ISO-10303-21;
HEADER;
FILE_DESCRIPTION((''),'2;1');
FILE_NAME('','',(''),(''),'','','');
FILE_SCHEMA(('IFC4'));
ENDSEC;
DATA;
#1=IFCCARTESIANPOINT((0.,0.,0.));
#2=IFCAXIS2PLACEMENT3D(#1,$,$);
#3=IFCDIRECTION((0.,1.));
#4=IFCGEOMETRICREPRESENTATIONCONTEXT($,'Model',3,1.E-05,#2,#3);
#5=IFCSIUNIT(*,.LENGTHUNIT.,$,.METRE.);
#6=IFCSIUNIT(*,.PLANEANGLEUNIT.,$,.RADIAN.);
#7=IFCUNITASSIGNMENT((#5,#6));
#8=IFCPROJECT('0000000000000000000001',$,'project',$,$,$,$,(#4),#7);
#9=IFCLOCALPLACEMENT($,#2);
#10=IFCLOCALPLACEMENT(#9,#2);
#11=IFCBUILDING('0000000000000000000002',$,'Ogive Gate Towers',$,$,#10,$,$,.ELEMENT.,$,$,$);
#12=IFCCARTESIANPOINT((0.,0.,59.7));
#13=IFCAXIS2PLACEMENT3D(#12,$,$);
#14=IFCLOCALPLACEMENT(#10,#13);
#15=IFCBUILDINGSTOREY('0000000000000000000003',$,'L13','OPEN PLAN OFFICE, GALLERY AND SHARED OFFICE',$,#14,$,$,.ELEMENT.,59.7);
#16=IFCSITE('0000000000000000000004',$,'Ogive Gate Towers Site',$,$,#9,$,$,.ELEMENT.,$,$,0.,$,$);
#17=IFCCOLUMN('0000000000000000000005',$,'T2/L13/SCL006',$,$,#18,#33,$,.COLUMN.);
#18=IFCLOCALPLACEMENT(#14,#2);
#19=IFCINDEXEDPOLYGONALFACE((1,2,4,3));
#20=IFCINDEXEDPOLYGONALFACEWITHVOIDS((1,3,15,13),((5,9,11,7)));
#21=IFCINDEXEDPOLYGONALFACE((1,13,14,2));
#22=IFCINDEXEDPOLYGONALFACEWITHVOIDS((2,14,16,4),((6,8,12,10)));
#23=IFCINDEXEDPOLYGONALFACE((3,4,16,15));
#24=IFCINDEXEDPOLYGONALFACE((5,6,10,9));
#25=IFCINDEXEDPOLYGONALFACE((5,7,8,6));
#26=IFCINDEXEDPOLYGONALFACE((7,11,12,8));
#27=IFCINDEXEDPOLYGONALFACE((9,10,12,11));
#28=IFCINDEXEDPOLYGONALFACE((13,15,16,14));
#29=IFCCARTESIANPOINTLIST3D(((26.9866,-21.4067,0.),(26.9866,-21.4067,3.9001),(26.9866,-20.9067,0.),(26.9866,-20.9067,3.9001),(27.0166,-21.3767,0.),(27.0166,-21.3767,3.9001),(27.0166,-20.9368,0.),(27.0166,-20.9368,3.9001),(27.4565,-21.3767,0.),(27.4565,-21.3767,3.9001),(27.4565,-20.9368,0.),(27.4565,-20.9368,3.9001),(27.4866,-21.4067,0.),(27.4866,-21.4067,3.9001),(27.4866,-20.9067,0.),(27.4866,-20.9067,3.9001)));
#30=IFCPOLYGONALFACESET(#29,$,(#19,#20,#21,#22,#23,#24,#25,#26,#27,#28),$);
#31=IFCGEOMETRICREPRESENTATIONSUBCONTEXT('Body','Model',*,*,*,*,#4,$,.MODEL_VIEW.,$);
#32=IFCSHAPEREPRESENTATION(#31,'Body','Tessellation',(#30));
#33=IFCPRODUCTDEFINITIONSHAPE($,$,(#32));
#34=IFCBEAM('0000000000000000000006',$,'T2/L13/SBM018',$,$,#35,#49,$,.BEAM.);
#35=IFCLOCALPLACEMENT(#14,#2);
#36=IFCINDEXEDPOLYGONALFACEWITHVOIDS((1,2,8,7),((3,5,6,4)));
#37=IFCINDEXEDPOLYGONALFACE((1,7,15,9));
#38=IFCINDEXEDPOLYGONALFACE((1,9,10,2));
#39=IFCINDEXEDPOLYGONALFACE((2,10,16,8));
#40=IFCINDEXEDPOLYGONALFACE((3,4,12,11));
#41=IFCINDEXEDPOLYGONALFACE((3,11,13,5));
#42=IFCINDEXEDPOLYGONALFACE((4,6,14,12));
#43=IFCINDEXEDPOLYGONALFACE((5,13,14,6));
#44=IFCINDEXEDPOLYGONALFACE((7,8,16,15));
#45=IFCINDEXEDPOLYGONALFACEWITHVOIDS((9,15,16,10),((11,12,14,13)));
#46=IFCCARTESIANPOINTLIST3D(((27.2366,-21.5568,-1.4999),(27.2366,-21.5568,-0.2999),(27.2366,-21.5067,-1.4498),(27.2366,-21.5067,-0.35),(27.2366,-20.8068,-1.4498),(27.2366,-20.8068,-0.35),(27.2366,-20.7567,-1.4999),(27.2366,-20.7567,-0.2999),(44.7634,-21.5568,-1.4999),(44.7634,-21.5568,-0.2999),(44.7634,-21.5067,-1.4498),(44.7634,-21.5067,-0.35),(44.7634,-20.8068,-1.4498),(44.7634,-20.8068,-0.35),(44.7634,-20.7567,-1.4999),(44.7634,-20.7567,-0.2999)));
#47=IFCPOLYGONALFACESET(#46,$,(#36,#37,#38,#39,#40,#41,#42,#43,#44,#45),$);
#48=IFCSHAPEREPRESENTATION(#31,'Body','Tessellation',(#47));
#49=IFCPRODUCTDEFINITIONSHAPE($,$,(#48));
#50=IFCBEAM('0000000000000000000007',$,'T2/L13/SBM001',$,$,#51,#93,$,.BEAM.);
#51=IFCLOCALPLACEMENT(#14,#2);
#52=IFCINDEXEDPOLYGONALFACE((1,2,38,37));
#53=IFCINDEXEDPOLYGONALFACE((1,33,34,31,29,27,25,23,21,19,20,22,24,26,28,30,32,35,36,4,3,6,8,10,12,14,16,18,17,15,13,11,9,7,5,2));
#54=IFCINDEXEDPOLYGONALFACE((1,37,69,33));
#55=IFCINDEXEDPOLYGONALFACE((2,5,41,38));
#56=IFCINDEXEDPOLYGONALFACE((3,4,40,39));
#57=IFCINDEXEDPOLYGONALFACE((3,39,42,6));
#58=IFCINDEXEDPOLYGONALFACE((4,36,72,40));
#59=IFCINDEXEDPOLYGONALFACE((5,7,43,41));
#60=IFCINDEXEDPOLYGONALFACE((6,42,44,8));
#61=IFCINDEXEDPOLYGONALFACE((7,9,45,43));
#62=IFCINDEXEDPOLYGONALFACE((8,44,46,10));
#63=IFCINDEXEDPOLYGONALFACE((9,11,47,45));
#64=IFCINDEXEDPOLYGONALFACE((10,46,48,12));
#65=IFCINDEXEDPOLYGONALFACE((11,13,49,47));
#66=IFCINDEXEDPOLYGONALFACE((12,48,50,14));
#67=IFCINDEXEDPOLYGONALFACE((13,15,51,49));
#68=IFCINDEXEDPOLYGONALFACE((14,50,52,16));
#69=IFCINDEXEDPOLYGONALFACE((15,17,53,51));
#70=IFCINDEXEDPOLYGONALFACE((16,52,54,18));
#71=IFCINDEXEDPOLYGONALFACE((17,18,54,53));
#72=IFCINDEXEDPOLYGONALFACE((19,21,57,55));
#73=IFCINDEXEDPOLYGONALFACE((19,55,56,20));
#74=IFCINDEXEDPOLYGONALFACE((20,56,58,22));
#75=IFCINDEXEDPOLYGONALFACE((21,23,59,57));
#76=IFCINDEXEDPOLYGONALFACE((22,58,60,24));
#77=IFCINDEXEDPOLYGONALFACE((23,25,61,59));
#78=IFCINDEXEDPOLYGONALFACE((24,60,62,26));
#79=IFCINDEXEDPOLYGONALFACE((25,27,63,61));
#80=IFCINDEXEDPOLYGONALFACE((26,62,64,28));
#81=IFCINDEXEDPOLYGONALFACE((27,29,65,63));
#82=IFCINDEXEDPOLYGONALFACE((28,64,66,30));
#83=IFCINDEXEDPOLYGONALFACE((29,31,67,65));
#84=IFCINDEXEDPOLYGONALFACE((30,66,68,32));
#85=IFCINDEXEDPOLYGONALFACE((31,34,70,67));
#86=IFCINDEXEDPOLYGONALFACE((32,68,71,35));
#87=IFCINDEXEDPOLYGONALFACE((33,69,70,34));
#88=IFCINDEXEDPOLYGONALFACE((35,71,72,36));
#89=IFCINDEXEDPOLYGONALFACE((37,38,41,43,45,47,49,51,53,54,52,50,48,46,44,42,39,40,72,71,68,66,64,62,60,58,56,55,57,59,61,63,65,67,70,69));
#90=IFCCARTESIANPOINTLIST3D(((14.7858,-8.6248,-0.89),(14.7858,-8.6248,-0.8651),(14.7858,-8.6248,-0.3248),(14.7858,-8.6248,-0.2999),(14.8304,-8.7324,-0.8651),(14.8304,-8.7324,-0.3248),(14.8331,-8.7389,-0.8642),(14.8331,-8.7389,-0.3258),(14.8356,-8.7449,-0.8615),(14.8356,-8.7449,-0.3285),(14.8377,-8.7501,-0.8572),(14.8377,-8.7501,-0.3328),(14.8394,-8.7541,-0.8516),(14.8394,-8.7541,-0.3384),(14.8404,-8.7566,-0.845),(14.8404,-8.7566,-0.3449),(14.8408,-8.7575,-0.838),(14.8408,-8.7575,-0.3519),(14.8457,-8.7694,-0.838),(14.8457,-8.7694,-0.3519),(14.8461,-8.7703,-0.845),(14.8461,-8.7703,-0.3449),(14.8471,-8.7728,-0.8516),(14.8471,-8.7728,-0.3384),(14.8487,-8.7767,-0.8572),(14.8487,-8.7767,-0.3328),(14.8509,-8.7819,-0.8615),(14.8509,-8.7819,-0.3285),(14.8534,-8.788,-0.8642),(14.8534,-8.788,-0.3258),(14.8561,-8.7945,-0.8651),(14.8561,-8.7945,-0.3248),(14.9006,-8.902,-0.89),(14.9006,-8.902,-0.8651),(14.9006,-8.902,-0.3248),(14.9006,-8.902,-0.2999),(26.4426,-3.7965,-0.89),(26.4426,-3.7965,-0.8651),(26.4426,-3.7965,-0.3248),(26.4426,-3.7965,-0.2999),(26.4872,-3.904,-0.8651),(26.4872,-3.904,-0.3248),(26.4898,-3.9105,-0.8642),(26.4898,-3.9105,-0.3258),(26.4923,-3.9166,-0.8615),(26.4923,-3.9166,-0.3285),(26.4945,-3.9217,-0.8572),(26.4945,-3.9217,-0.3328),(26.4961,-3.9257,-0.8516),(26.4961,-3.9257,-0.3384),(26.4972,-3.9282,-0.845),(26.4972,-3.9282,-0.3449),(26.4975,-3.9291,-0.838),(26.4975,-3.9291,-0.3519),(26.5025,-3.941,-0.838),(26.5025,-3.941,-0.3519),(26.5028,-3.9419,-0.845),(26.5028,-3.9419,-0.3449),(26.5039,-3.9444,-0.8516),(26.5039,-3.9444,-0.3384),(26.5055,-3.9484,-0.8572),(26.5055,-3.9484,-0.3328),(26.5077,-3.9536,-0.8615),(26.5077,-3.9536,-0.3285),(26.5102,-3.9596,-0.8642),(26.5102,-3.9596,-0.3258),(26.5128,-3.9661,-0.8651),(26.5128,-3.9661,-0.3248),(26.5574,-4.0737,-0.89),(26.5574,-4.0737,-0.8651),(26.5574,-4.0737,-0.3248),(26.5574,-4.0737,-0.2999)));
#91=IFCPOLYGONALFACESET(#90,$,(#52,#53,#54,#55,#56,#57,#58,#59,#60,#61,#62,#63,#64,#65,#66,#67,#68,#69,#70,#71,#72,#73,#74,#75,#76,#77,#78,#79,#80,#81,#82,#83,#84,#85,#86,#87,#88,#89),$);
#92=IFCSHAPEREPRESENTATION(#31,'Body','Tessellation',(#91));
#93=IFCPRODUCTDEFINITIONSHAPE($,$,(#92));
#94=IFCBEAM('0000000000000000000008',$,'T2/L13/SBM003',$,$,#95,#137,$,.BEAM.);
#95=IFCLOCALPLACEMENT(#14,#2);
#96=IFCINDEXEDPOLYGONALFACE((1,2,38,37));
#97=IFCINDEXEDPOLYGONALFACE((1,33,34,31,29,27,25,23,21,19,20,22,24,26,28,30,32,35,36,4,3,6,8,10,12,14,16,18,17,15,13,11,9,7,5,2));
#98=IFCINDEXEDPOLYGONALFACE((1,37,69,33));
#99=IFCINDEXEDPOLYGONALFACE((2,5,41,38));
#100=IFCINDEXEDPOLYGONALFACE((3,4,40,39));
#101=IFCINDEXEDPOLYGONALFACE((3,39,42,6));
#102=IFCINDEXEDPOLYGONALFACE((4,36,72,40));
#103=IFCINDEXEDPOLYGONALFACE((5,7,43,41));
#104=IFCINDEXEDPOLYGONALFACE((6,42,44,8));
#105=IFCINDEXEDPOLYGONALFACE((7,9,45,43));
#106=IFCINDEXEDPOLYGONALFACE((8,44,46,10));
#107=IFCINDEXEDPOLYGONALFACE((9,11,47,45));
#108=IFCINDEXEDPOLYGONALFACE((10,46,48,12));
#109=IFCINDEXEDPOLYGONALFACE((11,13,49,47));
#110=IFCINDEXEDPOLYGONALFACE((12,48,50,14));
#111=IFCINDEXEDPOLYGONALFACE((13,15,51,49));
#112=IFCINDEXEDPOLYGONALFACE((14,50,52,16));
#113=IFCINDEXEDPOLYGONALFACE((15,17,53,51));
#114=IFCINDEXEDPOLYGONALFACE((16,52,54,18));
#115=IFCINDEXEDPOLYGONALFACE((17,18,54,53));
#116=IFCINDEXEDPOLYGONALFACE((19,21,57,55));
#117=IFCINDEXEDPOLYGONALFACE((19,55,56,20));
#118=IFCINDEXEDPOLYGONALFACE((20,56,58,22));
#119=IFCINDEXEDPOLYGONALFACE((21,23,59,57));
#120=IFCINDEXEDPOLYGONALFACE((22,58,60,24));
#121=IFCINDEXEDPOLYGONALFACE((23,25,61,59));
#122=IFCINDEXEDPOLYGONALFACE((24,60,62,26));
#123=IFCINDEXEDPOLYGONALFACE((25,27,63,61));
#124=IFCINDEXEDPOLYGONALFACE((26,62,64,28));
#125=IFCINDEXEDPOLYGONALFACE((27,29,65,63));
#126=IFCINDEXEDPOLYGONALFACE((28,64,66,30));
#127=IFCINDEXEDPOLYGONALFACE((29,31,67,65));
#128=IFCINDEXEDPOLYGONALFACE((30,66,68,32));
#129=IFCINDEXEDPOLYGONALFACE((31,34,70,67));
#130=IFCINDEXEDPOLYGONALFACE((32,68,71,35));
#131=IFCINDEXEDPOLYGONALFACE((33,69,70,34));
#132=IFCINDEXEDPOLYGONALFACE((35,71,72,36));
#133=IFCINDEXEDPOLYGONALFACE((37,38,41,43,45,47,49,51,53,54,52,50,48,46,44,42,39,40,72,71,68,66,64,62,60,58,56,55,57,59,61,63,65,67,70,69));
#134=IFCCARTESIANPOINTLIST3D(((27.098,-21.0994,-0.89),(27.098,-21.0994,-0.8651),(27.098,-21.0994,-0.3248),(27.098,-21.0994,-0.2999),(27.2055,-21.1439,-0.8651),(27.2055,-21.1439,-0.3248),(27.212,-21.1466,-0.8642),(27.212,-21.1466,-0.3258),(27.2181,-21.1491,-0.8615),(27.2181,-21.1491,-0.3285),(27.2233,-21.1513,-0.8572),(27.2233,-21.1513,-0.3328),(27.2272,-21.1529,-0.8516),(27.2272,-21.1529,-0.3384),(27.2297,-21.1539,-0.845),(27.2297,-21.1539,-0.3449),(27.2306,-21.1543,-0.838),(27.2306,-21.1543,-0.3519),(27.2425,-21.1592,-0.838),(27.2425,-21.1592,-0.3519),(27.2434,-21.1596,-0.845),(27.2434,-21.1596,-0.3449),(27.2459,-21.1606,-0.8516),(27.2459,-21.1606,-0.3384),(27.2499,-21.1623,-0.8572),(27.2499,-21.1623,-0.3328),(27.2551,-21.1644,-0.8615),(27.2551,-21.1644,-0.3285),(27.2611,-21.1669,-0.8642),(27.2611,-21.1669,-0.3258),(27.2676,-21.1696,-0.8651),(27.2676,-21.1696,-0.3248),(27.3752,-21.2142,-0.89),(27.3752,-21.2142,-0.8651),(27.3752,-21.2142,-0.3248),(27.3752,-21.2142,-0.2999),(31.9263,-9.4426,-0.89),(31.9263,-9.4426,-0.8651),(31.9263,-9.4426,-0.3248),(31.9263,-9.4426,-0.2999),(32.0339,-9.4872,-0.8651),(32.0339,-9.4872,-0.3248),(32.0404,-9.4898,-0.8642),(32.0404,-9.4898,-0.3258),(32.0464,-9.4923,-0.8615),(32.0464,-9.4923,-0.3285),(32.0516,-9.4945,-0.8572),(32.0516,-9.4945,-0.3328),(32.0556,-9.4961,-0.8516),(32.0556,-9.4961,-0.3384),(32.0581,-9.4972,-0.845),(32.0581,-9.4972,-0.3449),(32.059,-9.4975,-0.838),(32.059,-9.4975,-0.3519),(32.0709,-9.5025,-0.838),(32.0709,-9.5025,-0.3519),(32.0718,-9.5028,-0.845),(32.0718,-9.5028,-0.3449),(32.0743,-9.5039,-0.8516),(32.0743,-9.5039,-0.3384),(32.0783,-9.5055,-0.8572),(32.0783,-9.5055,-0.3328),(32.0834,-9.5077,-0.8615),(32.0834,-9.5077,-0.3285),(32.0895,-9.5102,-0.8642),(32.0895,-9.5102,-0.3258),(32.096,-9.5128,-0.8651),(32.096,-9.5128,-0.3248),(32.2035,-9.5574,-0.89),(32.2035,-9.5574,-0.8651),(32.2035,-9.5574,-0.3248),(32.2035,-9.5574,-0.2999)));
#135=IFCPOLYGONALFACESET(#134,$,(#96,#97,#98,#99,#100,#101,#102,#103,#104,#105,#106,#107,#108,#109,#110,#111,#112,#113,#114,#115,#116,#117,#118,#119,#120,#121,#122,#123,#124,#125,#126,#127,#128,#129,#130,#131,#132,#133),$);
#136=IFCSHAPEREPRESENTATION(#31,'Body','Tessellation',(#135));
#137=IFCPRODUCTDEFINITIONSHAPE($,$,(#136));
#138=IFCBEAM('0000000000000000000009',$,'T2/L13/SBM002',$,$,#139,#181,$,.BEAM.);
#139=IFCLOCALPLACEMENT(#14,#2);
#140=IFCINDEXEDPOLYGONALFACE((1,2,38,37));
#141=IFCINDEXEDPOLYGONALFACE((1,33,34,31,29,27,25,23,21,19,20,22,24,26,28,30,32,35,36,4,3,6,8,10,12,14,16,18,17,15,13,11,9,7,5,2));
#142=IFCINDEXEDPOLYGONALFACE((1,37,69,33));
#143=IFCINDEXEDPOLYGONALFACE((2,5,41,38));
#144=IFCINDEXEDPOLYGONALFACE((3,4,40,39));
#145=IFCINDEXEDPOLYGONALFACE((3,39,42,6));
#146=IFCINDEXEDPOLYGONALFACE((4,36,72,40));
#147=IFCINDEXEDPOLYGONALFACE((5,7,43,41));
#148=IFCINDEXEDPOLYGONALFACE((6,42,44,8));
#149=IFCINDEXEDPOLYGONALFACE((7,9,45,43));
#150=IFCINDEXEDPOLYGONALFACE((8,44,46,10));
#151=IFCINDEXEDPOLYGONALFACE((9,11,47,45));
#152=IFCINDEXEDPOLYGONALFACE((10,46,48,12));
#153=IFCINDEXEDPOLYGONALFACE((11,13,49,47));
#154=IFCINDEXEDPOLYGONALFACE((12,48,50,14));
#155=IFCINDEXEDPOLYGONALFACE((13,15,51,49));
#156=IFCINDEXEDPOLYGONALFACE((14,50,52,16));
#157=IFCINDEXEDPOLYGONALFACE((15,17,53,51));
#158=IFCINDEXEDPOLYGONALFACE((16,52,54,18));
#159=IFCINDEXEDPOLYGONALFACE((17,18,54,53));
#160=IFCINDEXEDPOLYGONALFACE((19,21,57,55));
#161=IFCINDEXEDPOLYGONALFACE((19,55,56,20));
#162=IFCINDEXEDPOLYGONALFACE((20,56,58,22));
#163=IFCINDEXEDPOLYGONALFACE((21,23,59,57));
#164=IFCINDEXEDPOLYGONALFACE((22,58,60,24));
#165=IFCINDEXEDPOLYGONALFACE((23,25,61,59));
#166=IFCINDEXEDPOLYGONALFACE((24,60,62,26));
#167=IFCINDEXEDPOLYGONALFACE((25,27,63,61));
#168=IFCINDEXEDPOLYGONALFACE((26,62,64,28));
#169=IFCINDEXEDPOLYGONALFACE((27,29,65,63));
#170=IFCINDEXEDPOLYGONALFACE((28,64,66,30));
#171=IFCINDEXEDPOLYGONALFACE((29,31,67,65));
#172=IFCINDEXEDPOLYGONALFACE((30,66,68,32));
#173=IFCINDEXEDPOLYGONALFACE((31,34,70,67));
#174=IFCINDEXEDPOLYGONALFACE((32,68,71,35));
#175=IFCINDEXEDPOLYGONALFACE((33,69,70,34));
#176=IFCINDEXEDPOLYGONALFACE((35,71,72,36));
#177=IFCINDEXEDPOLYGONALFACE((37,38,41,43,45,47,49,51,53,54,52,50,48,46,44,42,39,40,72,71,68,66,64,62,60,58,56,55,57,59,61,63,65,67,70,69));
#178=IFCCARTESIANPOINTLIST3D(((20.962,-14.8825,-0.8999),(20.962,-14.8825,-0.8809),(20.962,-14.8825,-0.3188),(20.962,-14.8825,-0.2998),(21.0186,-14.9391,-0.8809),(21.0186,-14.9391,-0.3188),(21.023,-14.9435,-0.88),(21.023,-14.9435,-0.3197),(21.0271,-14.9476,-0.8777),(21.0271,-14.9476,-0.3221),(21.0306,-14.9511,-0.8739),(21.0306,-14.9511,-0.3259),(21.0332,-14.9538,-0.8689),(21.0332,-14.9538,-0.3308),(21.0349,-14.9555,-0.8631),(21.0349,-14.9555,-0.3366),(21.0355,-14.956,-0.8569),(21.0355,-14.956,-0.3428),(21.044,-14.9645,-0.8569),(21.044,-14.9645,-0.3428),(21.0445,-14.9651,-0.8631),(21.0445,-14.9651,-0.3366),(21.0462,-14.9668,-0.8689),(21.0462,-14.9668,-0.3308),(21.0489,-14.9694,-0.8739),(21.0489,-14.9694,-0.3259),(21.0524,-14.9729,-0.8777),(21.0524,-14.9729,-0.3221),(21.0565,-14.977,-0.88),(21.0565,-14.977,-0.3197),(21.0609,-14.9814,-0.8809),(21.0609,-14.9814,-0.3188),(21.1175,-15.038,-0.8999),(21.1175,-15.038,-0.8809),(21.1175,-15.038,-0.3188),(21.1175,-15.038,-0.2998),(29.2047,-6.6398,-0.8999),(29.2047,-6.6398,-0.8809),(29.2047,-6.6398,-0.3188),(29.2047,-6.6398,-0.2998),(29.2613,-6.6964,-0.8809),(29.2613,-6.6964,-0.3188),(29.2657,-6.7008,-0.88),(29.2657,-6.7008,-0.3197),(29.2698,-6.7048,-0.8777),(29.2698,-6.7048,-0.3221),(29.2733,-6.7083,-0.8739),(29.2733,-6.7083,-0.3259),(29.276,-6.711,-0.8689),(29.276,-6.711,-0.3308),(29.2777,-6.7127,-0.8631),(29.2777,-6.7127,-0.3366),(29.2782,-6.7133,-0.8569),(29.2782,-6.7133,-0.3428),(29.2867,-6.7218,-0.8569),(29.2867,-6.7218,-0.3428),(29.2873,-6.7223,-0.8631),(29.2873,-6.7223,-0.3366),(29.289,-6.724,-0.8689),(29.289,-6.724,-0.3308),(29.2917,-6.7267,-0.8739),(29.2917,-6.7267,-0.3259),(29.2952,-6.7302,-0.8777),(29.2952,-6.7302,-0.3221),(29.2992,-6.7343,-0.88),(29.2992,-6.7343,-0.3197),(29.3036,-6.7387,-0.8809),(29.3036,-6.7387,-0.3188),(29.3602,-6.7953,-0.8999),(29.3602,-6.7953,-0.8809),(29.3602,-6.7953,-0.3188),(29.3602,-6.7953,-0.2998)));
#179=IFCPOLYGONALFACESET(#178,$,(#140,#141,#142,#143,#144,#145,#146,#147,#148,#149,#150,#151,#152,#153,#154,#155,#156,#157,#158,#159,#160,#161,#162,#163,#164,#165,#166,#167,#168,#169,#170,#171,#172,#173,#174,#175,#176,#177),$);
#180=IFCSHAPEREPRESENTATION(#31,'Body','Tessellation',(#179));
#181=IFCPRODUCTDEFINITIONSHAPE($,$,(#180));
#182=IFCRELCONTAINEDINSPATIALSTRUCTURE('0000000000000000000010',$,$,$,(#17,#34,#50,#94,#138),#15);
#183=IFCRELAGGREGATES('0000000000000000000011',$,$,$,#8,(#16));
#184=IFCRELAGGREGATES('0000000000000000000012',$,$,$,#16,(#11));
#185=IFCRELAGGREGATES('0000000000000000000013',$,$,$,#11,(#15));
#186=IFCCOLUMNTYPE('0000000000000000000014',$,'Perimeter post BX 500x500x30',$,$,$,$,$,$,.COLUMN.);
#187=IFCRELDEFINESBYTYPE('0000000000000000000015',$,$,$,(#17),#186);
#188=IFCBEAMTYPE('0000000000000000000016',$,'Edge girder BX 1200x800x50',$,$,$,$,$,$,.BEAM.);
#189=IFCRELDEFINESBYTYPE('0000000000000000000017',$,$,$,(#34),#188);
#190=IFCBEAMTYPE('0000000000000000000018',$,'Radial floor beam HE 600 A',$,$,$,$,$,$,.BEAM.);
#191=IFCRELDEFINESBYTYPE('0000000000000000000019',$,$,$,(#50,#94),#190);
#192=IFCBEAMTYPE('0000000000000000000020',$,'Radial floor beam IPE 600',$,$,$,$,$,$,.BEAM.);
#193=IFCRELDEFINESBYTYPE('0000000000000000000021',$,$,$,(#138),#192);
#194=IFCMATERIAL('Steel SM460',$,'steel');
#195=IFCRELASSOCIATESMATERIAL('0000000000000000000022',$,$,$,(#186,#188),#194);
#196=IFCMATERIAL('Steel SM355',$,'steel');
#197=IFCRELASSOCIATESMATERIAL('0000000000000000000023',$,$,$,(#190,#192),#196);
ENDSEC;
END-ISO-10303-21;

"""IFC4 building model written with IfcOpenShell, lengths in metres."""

from ifc_helpers import new_model, si_unit, direction, frame, origin, origin_2d, place, context, subcontext, project, spatial, hollow_rectangle, i_section, extrude, material, material_profile, profile_set, type_object, element, save


model = new_model("IFC4")

# Units and contexts
model_context = context("Model", 3, precision=1e-05, world=origin(), true_north=direction((0.0, 1.0)))
body_context = subcontext(model_context, "Body", "Model", "MODEL_VIEW")
ifc_project = project(units=[si_unit("LENGTHUNIT", "METRE"), si_unit("PLANEANGLEUNIT", "RADIAN")], contexts=[model_context])

# Site, building, storey
site_placement = place(None, origin())
site = spatial("IfcSite", under=ifc_project, at=site_placement, Name="Ogive Gate Towers Site", CompositionType="ELEMENT", RefElevation=0.0)
building_placement = place(site_placement, origin())
building = spatial("IfcBuilding", under=site, at=building_placement, Name="Ogive Gate Towers", CompositionType="ELEMENT")
storey_placement = place(building_placement, frame((0.0, 0.0, 59.7)))
storey = spatial("IfcBuildingStorey", under=building, at=storey_placement, Name="L13", Description="OPEN PLAN OFFICE, GALLERY AND SHARED OFFICE", CompositionType="ELEMENT", Elevation=59.7)

# Column
ifc_material_1 = material(Name="Steel SM460", Category="steel")
ifc_material_profile_1 = material_profile(ifc_material_1, hollow_rectangle(XDim=0.5, YDim=0.5, WallThickness=0.03, at=origin_2d()), Name="BX 500x500x30")
ifc_profile_set_1 = profile_set([ifc_material_profile_1], Name="Steel SM460")
column_type = type_object("IfcColumnType", Name="Perimeter post BX 500x500x30", PredefinedType="COLUMN", material=ifc_profile_set_1)
column_placement = place(storey_placement, frame((27.2366, -21.1567, 0.0), z_axis=(0.0, 0.0, 1.0), x_axis=(1.0, 0.0, 0.0)))
element("IfcColumn", 1, at=column_placement, inside=storey, type_object=column_type, Name="T2/L13/SCL006", PredefinedType="COLUMN", context=body_context, shape_type="SweptSolid", body=[
    extrude(hollow_rectangle(XDim=0.5, YDim=0.5, WallThickness=0.03, at=origin_2d()), origin(), (0.0, 0.0, 1.0), 3.9001),
])

# Beams
ifc_material_profile_2 = material_profile(ifc_material_1, hollow_rectangle(XDim=0.8, YDim=1.2, WallThickness=0.05, at=origin_2d()), Name="BX 1200x800x50")
ifc_profile_set_2 = profile_set([ifc_material_profile_2], Name="Steel SM460")
beam_type_1 = type_object("IfcBeamType", Name="Edge girder BX 1200x800x50", PredefinedType="BEAM", material=ifc_profile_set_2)
beam_1_placement = place(storey_placement, frame((27.2366, -21.1567, -0.8999), z_axis=(1.0, 0.0, 0.0), x_axis=(0.0, 1.0, 0.0)))
element("IfcBeam", 2, at=beam_1_placement, inside=storey, type_object=beam_type_1, Name="T2/L13/SBM018", PredefinedType="BEAM", context=body_context, shape_type="SweptSolid", body=[
    extrude(hollow_rectangle(XDim=0.8, YDim=1.2, WallThickness=0.05, at=origin_2d()), origin(), (0.0, 0.0, 1.0), 17.5269),
])
ifc_material_2 = material(Name="Steel SM355", Category="steel")
ifc_material_profile_3 = material_profile(ifc_material_2, i_section(OverallWidth=0.3, OverallDepth=0.5901, WebThickness=0.0129, FlangeThickness=0.0249, FilletRadius=0.0271, at=origin_2d()), Name="HE 600 A")
ifc_profile_set_3 = profile_set([ifc_material_profile_3], Name="Steel SM355")
beam_type_2 = type_object("IfcBeamType", Name="Radial floor beam HE 600 A", PredefinedType="BEAM", material=ifc_profile_set_3)
for number, where, z_axis, x_axis, name in (
    (3, (26.5, -3.9351, -0.595), (-0.92388, -0.382683, 0.0), (0.382683, -0.92388, 0.0), "T2/L13/SBM001"),
    (4, (32.0649, -9.5, -0.595), (-0.382683, -0.92388, 0.0), (0.92388, -0.382683, 0.0), "T2/L13/SBM003"),
):
    element("IfcBeam", number, at=place(storey_placement, frame(where, z_axis=z_axis, x_axis=x_axis)), inside=storey, type_object=beam_type_2, Name=name, PredefinedType="BEAM", context=body_context, shape_type="SweptSolid", body=[
        extrude(i_section(OverallWidth=0.3, OverallDepth=0.5901, WebThickness=0.0129, FlangeThickness=0.0249, FilletRadius=0.0271, at=origin_2d()), origin(), (0.0, 0.0, 1.0), 12.6172),
    ])
ifc_material_profile_4 = material_profile(ifc_material_2, i_section(OverallWidth=0.22, OverallDepth=0.6001, WebThickness=0.012, FlangeThickness=0.019, FilletRadius=0.0239, at=origin_2d()), Name="IPE 600")
ifc_profile_set_4 = profile_set([ifc_material_profile_4], Name="Steel SM355")
beam_type_3 = type_object("IfcBeamType", Name="Radial floor beam IPE 600", PredefinedType="BEAM", material=ifc_profile_set_4)
beam_2_placement = place(storey_placement, frame((29.2825, -6.7175, -0.5999), z_axis=(-0.707107, -0.707107, 0.0), x_axis=(0.707107, -0.707107, 0.0)))
element("IfcBeam", 5, at=beam_2_placement, inside=storey, type_object=beam_type_3, Name="T2/L13/SBM002", PredefinedType="BEAM", context=body_context, shape_type="SweptSolid", body=[
    extrude(i_section(OverallWidth=0.22, OverallDepth=0.6001, WebThickness=0.012, FlangeThickness=0.019, FilletRadius=0.0239, at=origin_2d()), origin(), (0.0, 0.0, 1.0), 11.657),
])

save(model, "model.ifc")
